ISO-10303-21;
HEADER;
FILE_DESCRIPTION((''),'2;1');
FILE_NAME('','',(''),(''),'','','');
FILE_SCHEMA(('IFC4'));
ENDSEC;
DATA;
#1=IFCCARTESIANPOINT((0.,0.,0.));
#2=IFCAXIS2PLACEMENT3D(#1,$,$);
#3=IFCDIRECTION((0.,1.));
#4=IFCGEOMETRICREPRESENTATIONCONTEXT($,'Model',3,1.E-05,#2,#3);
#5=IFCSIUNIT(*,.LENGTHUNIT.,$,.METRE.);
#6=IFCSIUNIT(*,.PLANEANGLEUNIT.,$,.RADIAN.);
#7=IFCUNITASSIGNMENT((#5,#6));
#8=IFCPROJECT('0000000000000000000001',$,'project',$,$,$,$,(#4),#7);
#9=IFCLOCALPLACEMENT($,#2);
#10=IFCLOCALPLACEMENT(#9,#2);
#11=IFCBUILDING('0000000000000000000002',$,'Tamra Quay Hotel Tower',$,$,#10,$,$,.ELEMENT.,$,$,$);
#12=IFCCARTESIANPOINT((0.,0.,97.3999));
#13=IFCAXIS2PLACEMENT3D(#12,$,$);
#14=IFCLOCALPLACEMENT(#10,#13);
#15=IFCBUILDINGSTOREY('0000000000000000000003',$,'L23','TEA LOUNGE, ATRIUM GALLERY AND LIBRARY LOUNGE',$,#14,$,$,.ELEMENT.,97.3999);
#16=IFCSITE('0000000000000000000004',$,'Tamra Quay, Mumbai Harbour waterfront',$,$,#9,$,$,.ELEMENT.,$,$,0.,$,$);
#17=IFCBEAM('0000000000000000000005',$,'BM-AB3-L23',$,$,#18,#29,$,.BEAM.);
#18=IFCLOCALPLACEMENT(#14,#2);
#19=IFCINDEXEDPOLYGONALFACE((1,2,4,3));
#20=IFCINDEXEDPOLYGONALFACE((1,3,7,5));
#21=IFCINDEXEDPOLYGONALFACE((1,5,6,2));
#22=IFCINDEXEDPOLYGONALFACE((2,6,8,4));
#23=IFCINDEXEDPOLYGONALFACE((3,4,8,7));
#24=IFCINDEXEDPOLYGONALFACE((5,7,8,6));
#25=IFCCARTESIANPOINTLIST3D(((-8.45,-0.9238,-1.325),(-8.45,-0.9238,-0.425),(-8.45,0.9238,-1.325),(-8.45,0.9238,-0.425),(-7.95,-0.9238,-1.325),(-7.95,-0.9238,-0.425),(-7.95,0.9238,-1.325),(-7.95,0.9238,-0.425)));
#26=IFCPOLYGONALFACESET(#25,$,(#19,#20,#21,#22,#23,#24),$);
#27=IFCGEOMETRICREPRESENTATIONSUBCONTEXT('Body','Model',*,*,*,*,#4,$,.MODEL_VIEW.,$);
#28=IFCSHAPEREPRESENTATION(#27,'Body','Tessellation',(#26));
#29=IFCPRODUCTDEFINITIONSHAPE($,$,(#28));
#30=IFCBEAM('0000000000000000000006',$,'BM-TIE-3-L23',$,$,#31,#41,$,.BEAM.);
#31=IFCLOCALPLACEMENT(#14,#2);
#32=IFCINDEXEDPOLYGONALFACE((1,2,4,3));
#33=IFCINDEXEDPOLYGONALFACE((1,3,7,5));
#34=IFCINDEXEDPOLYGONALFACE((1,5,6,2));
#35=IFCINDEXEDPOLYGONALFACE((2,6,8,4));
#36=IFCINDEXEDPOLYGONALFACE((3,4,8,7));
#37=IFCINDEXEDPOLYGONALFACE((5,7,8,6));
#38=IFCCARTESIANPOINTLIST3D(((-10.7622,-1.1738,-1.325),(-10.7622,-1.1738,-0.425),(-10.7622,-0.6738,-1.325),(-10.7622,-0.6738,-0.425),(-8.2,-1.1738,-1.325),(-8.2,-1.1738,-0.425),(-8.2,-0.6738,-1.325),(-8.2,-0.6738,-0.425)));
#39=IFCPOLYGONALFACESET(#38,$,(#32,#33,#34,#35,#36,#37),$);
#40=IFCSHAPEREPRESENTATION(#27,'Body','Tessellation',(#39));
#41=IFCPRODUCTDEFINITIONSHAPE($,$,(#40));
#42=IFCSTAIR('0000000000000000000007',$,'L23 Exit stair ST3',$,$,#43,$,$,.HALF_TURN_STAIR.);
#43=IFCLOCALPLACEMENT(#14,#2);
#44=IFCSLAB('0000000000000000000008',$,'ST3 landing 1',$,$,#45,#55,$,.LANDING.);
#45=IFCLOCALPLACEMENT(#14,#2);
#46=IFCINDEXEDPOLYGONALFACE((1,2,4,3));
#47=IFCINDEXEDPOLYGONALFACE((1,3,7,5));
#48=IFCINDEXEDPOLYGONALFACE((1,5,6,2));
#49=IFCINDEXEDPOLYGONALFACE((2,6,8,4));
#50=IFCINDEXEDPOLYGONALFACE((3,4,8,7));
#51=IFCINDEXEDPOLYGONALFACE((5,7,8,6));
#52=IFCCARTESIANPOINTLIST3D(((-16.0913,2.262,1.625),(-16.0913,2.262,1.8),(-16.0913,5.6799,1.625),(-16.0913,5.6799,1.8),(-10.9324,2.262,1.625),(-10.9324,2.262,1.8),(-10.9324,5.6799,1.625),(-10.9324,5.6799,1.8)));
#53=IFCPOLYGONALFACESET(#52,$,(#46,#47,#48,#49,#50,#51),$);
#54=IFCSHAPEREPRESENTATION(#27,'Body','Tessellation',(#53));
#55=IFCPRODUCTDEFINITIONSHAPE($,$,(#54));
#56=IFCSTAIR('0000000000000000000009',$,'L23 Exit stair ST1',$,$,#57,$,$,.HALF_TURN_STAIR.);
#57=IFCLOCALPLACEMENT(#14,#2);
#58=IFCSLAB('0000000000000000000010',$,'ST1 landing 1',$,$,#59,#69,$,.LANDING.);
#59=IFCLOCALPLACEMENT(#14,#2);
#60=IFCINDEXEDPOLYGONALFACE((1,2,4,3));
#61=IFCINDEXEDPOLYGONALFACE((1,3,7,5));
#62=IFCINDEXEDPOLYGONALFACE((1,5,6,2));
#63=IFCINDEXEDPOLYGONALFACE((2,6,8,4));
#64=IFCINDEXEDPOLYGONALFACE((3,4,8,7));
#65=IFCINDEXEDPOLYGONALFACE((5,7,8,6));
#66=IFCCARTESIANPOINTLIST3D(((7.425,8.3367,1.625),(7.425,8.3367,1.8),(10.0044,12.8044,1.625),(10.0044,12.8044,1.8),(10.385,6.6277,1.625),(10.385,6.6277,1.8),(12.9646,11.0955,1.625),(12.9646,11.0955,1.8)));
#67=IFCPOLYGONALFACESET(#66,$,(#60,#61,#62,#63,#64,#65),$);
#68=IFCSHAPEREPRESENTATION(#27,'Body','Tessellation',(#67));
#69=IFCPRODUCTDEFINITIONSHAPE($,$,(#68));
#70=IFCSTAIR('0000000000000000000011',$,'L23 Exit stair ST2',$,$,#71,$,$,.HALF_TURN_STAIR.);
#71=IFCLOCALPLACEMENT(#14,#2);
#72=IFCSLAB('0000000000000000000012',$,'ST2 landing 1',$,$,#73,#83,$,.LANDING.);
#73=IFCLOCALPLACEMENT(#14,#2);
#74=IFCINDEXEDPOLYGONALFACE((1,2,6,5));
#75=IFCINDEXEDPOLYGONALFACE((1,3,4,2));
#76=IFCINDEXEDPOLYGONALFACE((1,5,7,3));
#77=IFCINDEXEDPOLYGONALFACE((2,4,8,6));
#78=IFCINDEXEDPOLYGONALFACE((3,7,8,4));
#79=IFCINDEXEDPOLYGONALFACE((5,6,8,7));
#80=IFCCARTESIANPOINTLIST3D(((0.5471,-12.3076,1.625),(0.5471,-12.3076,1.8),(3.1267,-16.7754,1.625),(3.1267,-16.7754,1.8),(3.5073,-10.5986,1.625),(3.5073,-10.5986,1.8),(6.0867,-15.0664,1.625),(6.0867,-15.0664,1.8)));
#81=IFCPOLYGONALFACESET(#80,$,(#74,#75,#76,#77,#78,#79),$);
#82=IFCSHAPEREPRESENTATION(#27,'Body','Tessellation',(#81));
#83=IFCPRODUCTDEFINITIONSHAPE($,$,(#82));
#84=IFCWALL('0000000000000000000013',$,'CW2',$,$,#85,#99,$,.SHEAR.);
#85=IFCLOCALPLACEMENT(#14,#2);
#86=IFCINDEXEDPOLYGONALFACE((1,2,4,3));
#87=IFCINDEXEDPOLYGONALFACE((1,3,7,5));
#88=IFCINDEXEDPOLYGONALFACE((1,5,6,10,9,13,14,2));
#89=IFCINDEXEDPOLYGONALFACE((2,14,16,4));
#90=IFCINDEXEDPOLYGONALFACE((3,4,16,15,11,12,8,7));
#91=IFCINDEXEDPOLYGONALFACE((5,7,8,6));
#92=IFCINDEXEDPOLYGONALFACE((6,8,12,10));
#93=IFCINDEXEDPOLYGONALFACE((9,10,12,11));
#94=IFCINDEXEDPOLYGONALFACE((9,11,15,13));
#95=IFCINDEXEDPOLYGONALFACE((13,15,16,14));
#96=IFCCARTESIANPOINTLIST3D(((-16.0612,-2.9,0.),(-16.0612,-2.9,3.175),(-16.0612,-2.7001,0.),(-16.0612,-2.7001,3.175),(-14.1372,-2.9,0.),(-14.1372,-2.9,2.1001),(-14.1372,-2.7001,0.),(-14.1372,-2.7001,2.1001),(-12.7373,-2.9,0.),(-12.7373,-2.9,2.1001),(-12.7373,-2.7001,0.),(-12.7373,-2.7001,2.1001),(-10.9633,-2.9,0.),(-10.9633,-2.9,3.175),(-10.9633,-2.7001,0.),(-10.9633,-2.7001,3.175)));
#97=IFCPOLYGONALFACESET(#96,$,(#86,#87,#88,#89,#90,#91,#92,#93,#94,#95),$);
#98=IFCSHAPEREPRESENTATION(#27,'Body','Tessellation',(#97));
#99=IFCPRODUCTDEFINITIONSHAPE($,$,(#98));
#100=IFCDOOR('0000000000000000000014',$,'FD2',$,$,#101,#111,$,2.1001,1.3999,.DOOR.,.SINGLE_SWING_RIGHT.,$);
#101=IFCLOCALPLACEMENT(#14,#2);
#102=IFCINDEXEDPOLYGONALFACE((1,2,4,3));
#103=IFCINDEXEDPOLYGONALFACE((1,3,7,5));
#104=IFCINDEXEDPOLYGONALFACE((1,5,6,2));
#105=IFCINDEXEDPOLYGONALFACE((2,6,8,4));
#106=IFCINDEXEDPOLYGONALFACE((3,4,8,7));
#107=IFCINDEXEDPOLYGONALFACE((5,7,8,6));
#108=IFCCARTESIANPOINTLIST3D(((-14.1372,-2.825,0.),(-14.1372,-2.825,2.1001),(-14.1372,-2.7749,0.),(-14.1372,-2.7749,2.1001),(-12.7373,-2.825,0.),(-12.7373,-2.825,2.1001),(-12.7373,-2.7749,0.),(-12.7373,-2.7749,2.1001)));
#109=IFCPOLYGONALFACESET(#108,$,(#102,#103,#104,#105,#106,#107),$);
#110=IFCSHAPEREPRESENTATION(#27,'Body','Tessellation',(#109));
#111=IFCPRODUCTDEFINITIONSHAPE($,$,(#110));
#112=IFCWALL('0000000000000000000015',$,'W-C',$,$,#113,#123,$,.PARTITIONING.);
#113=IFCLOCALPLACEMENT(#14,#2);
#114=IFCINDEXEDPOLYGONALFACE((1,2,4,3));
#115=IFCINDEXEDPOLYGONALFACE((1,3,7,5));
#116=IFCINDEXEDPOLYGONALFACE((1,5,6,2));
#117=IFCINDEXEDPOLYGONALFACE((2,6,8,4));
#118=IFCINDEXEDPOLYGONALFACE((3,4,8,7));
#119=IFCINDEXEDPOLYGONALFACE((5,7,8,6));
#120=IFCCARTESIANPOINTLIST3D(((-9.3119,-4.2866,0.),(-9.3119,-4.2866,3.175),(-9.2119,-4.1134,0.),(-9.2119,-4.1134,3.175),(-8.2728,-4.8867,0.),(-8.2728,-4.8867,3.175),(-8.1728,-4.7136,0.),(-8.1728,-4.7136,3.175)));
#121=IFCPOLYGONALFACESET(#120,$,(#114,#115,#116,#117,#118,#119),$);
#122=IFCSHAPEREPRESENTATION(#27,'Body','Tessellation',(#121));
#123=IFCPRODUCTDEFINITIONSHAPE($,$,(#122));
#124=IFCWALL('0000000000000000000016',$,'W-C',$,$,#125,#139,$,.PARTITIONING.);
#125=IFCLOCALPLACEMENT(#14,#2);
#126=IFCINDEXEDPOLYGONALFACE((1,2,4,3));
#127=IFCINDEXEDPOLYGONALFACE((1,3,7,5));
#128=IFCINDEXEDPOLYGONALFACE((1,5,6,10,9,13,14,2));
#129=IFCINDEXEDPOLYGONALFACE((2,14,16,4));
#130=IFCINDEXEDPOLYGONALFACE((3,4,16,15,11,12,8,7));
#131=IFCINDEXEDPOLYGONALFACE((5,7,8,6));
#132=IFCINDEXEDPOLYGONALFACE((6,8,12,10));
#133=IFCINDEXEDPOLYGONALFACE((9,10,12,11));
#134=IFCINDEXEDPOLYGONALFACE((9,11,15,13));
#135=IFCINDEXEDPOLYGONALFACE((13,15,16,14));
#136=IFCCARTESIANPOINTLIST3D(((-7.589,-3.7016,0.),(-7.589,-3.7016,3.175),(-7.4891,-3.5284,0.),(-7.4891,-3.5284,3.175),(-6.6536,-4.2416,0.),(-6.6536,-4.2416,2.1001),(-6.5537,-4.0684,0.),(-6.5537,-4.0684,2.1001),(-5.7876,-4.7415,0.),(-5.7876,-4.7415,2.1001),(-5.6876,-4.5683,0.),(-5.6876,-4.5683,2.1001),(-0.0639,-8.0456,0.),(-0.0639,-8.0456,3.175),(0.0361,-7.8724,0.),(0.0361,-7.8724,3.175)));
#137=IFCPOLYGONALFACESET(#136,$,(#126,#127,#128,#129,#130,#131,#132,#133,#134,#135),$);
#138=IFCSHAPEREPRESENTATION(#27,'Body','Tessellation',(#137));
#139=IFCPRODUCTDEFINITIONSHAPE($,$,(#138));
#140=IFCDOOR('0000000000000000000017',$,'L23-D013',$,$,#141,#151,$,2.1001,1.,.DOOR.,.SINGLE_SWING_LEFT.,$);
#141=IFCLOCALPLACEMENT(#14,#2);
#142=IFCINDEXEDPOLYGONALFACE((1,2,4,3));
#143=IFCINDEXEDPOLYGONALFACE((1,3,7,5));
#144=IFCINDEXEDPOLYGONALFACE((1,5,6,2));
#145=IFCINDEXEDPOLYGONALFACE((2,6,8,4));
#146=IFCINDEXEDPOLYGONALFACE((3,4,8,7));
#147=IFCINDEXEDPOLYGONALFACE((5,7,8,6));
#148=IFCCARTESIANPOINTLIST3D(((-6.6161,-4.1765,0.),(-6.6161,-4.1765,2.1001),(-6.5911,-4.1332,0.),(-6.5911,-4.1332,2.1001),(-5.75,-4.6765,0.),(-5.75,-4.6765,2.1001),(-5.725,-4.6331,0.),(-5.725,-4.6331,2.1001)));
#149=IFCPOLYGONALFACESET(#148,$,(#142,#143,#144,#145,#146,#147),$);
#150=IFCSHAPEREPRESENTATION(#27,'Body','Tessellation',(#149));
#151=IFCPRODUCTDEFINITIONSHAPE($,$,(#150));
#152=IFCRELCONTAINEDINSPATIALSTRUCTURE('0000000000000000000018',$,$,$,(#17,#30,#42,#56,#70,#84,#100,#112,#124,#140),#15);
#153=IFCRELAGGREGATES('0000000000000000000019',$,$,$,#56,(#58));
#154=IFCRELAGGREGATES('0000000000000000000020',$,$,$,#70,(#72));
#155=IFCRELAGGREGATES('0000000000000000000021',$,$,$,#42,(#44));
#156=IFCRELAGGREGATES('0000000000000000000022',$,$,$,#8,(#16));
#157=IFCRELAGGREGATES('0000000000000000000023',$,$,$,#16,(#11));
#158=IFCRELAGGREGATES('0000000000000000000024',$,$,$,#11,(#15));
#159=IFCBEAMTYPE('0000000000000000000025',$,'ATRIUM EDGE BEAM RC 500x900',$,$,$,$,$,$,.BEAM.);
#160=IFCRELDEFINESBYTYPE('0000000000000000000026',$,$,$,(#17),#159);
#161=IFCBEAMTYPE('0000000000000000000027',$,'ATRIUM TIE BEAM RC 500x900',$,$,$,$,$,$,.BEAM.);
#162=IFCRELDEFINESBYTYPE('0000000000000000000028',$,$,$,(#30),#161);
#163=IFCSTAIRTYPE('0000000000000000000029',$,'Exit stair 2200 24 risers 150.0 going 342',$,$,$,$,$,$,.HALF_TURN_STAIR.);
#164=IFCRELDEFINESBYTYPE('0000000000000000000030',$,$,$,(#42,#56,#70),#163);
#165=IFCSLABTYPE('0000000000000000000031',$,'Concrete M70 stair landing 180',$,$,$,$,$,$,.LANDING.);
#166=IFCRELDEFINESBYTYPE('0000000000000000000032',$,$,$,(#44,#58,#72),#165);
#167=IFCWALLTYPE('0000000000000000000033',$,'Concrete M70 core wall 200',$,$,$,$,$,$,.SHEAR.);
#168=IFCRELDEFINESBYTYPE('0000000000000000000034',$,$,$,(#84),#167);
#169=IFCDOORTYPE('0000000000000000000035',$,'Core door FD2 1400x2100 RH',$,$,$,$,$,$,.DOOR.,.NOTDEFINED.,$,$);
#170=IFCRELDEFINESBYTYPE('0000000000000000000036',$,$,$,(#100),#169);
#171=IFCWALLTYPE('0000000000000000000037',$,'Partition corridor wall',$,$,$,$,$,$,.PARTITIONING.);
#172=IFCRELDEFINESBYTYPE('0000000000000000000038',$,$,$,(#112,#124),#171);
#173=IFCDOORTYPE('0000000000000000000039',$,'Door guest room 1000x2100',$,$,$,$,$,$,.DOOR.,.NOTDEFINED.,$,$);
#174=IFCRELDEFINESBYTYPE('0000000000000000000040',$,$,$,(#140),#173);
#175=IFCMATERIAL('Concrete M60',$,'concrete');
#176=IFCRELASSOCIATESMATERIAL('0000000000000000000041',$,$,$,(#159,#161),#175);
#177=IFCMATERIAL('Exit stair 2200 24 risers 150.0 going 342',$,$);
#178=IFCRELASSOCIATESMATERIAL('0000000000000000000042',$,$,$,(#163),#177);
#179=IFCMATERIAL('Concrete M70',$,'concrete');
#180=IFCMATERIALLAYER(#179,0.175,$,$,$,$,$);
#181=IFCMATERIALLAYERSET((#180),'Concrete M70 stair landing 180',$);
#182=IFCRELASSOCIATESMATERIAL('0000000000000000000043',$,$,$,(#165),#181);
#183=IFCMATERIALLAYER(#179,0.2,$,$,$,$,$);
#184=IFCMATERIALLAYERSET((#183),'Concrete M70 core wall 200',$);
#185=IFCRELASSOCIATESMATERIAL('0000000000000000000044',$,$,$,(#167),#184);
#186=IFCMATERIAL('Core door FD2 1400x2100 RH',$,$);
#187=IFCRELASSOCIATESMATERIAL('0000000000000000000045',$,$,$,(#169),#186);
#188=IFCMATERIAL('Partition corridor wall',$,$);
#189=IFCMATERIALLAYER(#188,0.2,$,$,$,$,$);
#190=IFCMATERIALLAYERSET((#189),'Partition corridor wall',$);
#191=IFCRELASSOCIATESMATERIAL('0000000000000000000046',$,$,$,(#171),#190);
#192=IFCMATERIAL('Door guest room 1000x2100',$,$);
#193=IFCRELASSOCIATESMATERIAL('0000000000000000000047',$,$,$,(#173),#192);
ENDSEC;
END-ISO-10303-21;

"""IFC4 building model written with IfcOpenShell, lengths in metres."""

from ifc_helpers import new_model, si_unit, direction, frame, frame_2d, origin, origin_2d, place, context, subcontext, project, spatial, polyline, rectangle, outline, extrude, material, layer, layer_set, material_profile, profile_set, type_object, element, fill, aggregate, save


model = new_model("IFC4")

# Units and contexts
model_context = context("Model", 3, precision=1e-05, world=origin(), true_north=direction((0.0, 1.0)))
body_context = subcontext(model_context, "Body", "Model", "MODEL_VIEW")
ifc_project = project(units=[si_unit("LENGTHUNIT", "METRE"), si_unit("PLANEANGLEUNIT", "RADIAN")], contexts=[model_context])

# Site, building, storey
site_placement = place(None, origin())
site = spatial("IfcSite", under=ifc_project, at=site_placement, Name="Tamra Quay, Mumbai Harbour waterfront", CompositionType="ELEMENT", RefElevation=0.0)
building_placement = place(site_placement, origin())
building = spatial("IfcBuilding", under=site, at=building_placement, Name="Tamra Quay Hotel Tower", CompositionType="ELEMENT")
storey_placement = place(building_placement, frame((0.0, 0.0, 97.3999)))
storey = spatial("IfcBuildingStorey", under=building, at=storey_placement, Name="L23", Description="TEA LOUNGE, ATRIUM GALLERY AND LIBRARY LOUNGE", CompositionType="ELEMENT", Elevation=97.3999)

# Beams
ifc_material_1 = material(Name="Concrete M60", Category="concrete")
ifc_material_profile_1 = material_profile(ifc_material_1, rectangle(XDim=0.5, YDim=0.8999, at=origin_2d()), Name="ATRIUM EDGE BEAM RC 500x900")
ifc_profile_set_1 = profile_set([ifc_material_profile_1], Name="Concrete M60")
beam_type_1 = type_object("IfcBeamType", Name="ATRIUM EDGE BEAM RC 500x900", PredefinedType="BEAM", material=ifc_profile_set_1)
beam_1_placement = place(storey_placement, frame((-8.2, -0.9238, -0.875), z_axis=(0.0, 1.0, 0.0), x_axis=(-1.0, 0.0, 0.0)))
element("IfcBeam", 1, at=beam_1_placement, inside=storey, type_object=beam_type_1, Name="BM-AB3-L23", PredefinedType="BEAM", context=body_context, shape_type="SweptSolid", body=[
    extrude(rectangle(XDim=0.5, YDim=0.8999, at=origin_2d()), origin(), (0.0, 0.0, 1.0), 1.8477),
])
ifc_material_profile_2 = material_profile(ifc_material_1, rectangle(XDim=0.5, YDim=0.8999, at=origin_2d()), Name="ATRIUM TIE BEAM RC 500x900")
ifc_profile_set_2 = profile_set([ifc_material_profile_2], Name="Concrete M60")
beam_type_2 = type_object("IfcBeamType", Name="ATRIUM TIE BEAM RC 500x900", PredefinedType="BEAM", material=ifc_profile_set_2)
beam_2_placement = place(storey_placement, frame((-8.2, -0.9238, -0.875), z_axis=(-1.0, 0.0, 0.0), x_axis=(0.0, -1.0, 0.0)))
element("IfcBeam", 2, at=beam_2_placement, inside=storey, type_object=beam_type_2, Name="BM-TIE-3-L23", PredefinedType="BEAM", context=body_context, shape_type="SweptSolid", body=[
    extrude(rectangle(XDim=0.5, YDim=0.8999, at=origin_2d()), origin(), (0.0, 0.0, 1.0), 2.5623),
])

# Stairs, slabs
ifc_material_2 = material(Name="Exit stair 2200 24 risers 150.0 going 342")
stair_type = type_object("IfcStairType", Name="Exit stair 2200 24 risers 150.0 going 342", PredefinedType="HALF_TURN_STAIR", material=ifc_material_2)
stair_1_placement = place(storey_placement, origin())
stair_1 = element("IfcStair", 3, at=stair_1_placement, inside=storey, type_object=stair_type, Name="L23 Exit stair ST3", PredefinedType="HALF_TURN_STAIR")
ifc_material_3 = material(Name="Concrete M70", Category="concrete")
ifc_layer_1 = layer(ifc_material_3, 0.175)
ifc_layer_set_1 = layer_set([ifc_layer_1], Name="Concrete M70 stair landing 180")
slab_type_1 = type_object("IfcSlabType", Name="Concrete M70 stair landing 180", PredefinedType="LANDING", material=ifc_layer_set_1)
slab_1_placement = place(storey_placement, frame((0.0, 0.0, 1.625)))
slab_1 = element("IfcSlab", 4, at=slab_1_placement, type_object=slab_type_1, Name="ST3 landing 1", PredefinedType="LANDING", context=body_context, shape_type="SweptSolid", body=[
    extrude(outline(polyline([(-10.9324, 2.262), (-10.9324, 5.6799), (-16.0913, 5.6799), (-16.0913, 2.262), (-10.9324, 2.262)])), origin(), (0.0, 0.0, 1.0), 0.175),
])
stair_2_placement = place(storey_placement, origin())
stair_2 = element("IfcStair", 5, at=stair_2_placement, inside=storey, type_object=stair_type, Name="L23 Exit stair ST1", PredefinedType="HALF_TURN_STAIR")
slab_2_placement = place(storey_placement, frame((0.0, 0.0, 1.625)))
slab_2 = element("IfcSlab", 6, at=slab_2_placement, type_object=slab_type_1, Name="ST1 landing 1", PredefinedType="LANDING", context=body_context, shape_type="SweptSolid", body=[
    extrude(outline(polyline([(7.425, 8.3367), (10.385, 6.6277), (12.9646, 11.0955), (10.0044, 12.8044), (7.425, 8.3367)])), origin(), (0.0, 0.0, 1.0), 0.175),
])
aggregate(stair_2, [slab_2])
stair_3_placement = place(storey_placement, origin())
stair_3 = element("IfcStair", 7, at=stair_3_placement, inside=storey, type_object=stair_type, Name="L23 Exit stair ST2", PredefinedType="HALF_TURN_STAIR")
slab_3_placement = place(storey_placement, frame((0.0, 0.0, 1.625)))
slab_3 = element("IfcSlab", 8, at=slab_3_placement, type_object=slab_type_1, Name="ST2 landing 1", PredefinedType="LANDING", context=body_context, shape_type="SweptSolid", body=[
    extrude(outline(polyline([(3.5073, -10.5986), (0.5471, -12.3076), (3.1267, -16.7754), (6.0867, -15.0664), (3.5073, -10.5986)])), origin(), (0.0, 0.0, 1.0), 0.175),
])
aggregate(stair_3, [slab_3])

# Wall, opening, door
ifc_layer_2 = layer(ifc_material_3, 0.2)
ifc_layer_set_2 = layer_set([ifc_layer_2], Name="Concrete M70 core wall 200")
wall_type_1 = type_object("IfcWallType", Name="Concrete M70 core wall 200", PredefinedType="SHEAR", material=ifc_layer_set_2)
wall_1_placement = place(storey_placement, frame((-10.9634, -2.8, 0.0), z_axis=(0.0, 0.0, 1.0), x_axis=(-1.0, 0.0, 0.0)))
wall_1 = element("IfcWall", 9, at=wall_1_placement, inside=storey, type_object=wall_type_1, Name="CW2", PredefinedType="SHEAR", context=body_context, shape_type="SweptSolid", body=[
    extrude(rectangle(XDim=5.0979, YDim=0.2, at=frame_2d((2.5488, 0.0))), origin(), (0.0, 0.0, 1.0), 3.175),
])
opening_1_placement = place(wall_1_placement, frame((1.7739, 0.0, 0.0)))
opening_1 = element("IfcOpeningElement", 10, at=opening_1_placement, cuts=wall_1, PredefinedType="OPENING", context=body_context, shape_type="SweptSolid", body=[
    extrude(rectangle(XDim=1.3999, YDim=2.1001, at=frame_2d((0.7, 1.05))), frame((0.0, 0.1099, 0.0), z_axis=(0.0, -1.0, 0.0), x_axis=(1.0, 0.0, 0.0)), (0.0, 0.0, 1.0), 0.22),
])
ifc_material_4 = material(Name="Core door FD2 1400x2100 RH")
door_type_1 = type_object("IfcDoorType", Name="Core door FD2 1400x2100 RH", OperationType="NOTDEFINED", PredefinedType="DOOR", material=ifc_material_4)
door_1_placement = place(opening_1_placement, origin())
door_1 = element("IfcDoor", 11, at=door_1_placement, inside=storey, type_object=door_type_1, Name="FD2", OperationType="SINGLE_SWING_RIGHT", OverallHeight=2.1001, OverallWidth=1.3999, PredefinedType="DOOR", context=body_context, shape_type="SweptSolid", body=[
    extrude(rectangle(XDim=1.3999, YDim=2.1001, at=frame_2d((0.7, 1.05))), frame((0.0, 0.0249, 0.0), z_axis=(0.0, -1.0, 0.0), x_axis=(1.0, 0.0, 0.0)), (0.0, 0.0, 1.0), 0.05),
])
fill(opening_1, door_1)

# Wall
ifc_material_5 = material(Name="Partition corridor wall")
ifc_layer_3 = layer(ifc_material_5, 0.2)
ifc_layer_set_3 = layer_set([ifc_layer_3], Name="Partition corridor wall")
wall_type_2 = type_object("IfcWallType", Name="Partition corridor wall", PredefinedType="PARTITIONING", material=ifc_layer_set_3)
wall_2_placement = place(storey_placement, frame((-9.262, -4.2, 0.0), z_axis=(0.0, 0.0, 1.0), x_axis=(0.865955, -0.500122, 0.0)))
element("IfcWall", 12, at=wall_2_placement, inside=storey, type_object=wall_type_2, Name="W-C", PredefinedType="PARTITIONING", context=body_context, shape_type="SweptSolid", body=[
    extrude(rectangle(XDim=1.2, YDim=0.2, at=frame_2d((0.6001, 0.0))), origin(), (0.0, 0.0, 1.0), 3.175),
])

# Wall, opening, door
wall_3_placement = place(storey_placement, frame((-7.5391, -3.615, 0.0), z_axis=(0.0, 0.0, 1.0), x_axis=(0.866058, -0.499944, 0.0)))
wall_3 = element("IfcWall", 13, at=wall_3_placement, inside=storey, type_object=wall_type_2, Name="W-C", PredefinedType="PARTITIONING", context=body_context, shape_type="SweptSolid", body=[
    extrude(rectangle(XDim=8.689, YDim=0.2, at=frame_2d((4.3445, 0.0))), origin(), (0.0, 0.0, 1.0), 3.175),
])
opening_2_placement = place(wall_3_placement, frame((1.0801, 0.0, 0.0)))
opening_2 = element("IfcOpeningElement", 14, at=opening_2_placement, cuts=wall_3, PredefinedType="OPENING", context=body_context, shape_type="SweptSolid", body=[
    extrude(rectangle(XDim=1.0, YDim=2.1001, at=frame_2d((0.5, 1.05))), frame((0.0, 0.1099, 0.0), z_axis=(0.0, -1.0, 0.0), x_axis=(1.0, 0.0, 0.0)), (0.0, 0.0, 1.0), 0.22),
])
ifc_material_6 = material(Name="Door guest room 1000x2100")
door_type_2 = type_object("IfcDoorType", Name="Door guest room 1000x2100", OperationType="NOTDEFINED", PredefinedType="DOOR", material=ifc_material_6)
door_2_placement = place(opening_2_placement, frame((1.0, 0.0, 0.0), z_axis=(0.0, 0.0, 1.0), x_axis=(-1.0, 0.0, 0.0)))
door_2 = element("IfcDoor", 15, at=door_2_placement, inside=storey, type_object=door_type_2, Name="L23-D013", OperationType="SINGLE_SWING_LEFT", OverallHeight=2.1001, OverallWidth=1.0, PredefinedType="DOOR", context=body_context, shape_type="SweptSolid", body=[
    extrude(rectangle(XDim=1.0, YDim=2.1001, at=frame_2d((0.5, 1.05))), frame((0.0, 0.0249, 0.0), z_axis=(0.0, -1.0, 0.0), x_axis=(1.0, 0.0, 0.0)), (0.0, 0.0, 1.0), 0.05),
])
fill(opening_2, door_2)

aggregate(stair_1, [slab_1])

save(model, "model.ifc")
